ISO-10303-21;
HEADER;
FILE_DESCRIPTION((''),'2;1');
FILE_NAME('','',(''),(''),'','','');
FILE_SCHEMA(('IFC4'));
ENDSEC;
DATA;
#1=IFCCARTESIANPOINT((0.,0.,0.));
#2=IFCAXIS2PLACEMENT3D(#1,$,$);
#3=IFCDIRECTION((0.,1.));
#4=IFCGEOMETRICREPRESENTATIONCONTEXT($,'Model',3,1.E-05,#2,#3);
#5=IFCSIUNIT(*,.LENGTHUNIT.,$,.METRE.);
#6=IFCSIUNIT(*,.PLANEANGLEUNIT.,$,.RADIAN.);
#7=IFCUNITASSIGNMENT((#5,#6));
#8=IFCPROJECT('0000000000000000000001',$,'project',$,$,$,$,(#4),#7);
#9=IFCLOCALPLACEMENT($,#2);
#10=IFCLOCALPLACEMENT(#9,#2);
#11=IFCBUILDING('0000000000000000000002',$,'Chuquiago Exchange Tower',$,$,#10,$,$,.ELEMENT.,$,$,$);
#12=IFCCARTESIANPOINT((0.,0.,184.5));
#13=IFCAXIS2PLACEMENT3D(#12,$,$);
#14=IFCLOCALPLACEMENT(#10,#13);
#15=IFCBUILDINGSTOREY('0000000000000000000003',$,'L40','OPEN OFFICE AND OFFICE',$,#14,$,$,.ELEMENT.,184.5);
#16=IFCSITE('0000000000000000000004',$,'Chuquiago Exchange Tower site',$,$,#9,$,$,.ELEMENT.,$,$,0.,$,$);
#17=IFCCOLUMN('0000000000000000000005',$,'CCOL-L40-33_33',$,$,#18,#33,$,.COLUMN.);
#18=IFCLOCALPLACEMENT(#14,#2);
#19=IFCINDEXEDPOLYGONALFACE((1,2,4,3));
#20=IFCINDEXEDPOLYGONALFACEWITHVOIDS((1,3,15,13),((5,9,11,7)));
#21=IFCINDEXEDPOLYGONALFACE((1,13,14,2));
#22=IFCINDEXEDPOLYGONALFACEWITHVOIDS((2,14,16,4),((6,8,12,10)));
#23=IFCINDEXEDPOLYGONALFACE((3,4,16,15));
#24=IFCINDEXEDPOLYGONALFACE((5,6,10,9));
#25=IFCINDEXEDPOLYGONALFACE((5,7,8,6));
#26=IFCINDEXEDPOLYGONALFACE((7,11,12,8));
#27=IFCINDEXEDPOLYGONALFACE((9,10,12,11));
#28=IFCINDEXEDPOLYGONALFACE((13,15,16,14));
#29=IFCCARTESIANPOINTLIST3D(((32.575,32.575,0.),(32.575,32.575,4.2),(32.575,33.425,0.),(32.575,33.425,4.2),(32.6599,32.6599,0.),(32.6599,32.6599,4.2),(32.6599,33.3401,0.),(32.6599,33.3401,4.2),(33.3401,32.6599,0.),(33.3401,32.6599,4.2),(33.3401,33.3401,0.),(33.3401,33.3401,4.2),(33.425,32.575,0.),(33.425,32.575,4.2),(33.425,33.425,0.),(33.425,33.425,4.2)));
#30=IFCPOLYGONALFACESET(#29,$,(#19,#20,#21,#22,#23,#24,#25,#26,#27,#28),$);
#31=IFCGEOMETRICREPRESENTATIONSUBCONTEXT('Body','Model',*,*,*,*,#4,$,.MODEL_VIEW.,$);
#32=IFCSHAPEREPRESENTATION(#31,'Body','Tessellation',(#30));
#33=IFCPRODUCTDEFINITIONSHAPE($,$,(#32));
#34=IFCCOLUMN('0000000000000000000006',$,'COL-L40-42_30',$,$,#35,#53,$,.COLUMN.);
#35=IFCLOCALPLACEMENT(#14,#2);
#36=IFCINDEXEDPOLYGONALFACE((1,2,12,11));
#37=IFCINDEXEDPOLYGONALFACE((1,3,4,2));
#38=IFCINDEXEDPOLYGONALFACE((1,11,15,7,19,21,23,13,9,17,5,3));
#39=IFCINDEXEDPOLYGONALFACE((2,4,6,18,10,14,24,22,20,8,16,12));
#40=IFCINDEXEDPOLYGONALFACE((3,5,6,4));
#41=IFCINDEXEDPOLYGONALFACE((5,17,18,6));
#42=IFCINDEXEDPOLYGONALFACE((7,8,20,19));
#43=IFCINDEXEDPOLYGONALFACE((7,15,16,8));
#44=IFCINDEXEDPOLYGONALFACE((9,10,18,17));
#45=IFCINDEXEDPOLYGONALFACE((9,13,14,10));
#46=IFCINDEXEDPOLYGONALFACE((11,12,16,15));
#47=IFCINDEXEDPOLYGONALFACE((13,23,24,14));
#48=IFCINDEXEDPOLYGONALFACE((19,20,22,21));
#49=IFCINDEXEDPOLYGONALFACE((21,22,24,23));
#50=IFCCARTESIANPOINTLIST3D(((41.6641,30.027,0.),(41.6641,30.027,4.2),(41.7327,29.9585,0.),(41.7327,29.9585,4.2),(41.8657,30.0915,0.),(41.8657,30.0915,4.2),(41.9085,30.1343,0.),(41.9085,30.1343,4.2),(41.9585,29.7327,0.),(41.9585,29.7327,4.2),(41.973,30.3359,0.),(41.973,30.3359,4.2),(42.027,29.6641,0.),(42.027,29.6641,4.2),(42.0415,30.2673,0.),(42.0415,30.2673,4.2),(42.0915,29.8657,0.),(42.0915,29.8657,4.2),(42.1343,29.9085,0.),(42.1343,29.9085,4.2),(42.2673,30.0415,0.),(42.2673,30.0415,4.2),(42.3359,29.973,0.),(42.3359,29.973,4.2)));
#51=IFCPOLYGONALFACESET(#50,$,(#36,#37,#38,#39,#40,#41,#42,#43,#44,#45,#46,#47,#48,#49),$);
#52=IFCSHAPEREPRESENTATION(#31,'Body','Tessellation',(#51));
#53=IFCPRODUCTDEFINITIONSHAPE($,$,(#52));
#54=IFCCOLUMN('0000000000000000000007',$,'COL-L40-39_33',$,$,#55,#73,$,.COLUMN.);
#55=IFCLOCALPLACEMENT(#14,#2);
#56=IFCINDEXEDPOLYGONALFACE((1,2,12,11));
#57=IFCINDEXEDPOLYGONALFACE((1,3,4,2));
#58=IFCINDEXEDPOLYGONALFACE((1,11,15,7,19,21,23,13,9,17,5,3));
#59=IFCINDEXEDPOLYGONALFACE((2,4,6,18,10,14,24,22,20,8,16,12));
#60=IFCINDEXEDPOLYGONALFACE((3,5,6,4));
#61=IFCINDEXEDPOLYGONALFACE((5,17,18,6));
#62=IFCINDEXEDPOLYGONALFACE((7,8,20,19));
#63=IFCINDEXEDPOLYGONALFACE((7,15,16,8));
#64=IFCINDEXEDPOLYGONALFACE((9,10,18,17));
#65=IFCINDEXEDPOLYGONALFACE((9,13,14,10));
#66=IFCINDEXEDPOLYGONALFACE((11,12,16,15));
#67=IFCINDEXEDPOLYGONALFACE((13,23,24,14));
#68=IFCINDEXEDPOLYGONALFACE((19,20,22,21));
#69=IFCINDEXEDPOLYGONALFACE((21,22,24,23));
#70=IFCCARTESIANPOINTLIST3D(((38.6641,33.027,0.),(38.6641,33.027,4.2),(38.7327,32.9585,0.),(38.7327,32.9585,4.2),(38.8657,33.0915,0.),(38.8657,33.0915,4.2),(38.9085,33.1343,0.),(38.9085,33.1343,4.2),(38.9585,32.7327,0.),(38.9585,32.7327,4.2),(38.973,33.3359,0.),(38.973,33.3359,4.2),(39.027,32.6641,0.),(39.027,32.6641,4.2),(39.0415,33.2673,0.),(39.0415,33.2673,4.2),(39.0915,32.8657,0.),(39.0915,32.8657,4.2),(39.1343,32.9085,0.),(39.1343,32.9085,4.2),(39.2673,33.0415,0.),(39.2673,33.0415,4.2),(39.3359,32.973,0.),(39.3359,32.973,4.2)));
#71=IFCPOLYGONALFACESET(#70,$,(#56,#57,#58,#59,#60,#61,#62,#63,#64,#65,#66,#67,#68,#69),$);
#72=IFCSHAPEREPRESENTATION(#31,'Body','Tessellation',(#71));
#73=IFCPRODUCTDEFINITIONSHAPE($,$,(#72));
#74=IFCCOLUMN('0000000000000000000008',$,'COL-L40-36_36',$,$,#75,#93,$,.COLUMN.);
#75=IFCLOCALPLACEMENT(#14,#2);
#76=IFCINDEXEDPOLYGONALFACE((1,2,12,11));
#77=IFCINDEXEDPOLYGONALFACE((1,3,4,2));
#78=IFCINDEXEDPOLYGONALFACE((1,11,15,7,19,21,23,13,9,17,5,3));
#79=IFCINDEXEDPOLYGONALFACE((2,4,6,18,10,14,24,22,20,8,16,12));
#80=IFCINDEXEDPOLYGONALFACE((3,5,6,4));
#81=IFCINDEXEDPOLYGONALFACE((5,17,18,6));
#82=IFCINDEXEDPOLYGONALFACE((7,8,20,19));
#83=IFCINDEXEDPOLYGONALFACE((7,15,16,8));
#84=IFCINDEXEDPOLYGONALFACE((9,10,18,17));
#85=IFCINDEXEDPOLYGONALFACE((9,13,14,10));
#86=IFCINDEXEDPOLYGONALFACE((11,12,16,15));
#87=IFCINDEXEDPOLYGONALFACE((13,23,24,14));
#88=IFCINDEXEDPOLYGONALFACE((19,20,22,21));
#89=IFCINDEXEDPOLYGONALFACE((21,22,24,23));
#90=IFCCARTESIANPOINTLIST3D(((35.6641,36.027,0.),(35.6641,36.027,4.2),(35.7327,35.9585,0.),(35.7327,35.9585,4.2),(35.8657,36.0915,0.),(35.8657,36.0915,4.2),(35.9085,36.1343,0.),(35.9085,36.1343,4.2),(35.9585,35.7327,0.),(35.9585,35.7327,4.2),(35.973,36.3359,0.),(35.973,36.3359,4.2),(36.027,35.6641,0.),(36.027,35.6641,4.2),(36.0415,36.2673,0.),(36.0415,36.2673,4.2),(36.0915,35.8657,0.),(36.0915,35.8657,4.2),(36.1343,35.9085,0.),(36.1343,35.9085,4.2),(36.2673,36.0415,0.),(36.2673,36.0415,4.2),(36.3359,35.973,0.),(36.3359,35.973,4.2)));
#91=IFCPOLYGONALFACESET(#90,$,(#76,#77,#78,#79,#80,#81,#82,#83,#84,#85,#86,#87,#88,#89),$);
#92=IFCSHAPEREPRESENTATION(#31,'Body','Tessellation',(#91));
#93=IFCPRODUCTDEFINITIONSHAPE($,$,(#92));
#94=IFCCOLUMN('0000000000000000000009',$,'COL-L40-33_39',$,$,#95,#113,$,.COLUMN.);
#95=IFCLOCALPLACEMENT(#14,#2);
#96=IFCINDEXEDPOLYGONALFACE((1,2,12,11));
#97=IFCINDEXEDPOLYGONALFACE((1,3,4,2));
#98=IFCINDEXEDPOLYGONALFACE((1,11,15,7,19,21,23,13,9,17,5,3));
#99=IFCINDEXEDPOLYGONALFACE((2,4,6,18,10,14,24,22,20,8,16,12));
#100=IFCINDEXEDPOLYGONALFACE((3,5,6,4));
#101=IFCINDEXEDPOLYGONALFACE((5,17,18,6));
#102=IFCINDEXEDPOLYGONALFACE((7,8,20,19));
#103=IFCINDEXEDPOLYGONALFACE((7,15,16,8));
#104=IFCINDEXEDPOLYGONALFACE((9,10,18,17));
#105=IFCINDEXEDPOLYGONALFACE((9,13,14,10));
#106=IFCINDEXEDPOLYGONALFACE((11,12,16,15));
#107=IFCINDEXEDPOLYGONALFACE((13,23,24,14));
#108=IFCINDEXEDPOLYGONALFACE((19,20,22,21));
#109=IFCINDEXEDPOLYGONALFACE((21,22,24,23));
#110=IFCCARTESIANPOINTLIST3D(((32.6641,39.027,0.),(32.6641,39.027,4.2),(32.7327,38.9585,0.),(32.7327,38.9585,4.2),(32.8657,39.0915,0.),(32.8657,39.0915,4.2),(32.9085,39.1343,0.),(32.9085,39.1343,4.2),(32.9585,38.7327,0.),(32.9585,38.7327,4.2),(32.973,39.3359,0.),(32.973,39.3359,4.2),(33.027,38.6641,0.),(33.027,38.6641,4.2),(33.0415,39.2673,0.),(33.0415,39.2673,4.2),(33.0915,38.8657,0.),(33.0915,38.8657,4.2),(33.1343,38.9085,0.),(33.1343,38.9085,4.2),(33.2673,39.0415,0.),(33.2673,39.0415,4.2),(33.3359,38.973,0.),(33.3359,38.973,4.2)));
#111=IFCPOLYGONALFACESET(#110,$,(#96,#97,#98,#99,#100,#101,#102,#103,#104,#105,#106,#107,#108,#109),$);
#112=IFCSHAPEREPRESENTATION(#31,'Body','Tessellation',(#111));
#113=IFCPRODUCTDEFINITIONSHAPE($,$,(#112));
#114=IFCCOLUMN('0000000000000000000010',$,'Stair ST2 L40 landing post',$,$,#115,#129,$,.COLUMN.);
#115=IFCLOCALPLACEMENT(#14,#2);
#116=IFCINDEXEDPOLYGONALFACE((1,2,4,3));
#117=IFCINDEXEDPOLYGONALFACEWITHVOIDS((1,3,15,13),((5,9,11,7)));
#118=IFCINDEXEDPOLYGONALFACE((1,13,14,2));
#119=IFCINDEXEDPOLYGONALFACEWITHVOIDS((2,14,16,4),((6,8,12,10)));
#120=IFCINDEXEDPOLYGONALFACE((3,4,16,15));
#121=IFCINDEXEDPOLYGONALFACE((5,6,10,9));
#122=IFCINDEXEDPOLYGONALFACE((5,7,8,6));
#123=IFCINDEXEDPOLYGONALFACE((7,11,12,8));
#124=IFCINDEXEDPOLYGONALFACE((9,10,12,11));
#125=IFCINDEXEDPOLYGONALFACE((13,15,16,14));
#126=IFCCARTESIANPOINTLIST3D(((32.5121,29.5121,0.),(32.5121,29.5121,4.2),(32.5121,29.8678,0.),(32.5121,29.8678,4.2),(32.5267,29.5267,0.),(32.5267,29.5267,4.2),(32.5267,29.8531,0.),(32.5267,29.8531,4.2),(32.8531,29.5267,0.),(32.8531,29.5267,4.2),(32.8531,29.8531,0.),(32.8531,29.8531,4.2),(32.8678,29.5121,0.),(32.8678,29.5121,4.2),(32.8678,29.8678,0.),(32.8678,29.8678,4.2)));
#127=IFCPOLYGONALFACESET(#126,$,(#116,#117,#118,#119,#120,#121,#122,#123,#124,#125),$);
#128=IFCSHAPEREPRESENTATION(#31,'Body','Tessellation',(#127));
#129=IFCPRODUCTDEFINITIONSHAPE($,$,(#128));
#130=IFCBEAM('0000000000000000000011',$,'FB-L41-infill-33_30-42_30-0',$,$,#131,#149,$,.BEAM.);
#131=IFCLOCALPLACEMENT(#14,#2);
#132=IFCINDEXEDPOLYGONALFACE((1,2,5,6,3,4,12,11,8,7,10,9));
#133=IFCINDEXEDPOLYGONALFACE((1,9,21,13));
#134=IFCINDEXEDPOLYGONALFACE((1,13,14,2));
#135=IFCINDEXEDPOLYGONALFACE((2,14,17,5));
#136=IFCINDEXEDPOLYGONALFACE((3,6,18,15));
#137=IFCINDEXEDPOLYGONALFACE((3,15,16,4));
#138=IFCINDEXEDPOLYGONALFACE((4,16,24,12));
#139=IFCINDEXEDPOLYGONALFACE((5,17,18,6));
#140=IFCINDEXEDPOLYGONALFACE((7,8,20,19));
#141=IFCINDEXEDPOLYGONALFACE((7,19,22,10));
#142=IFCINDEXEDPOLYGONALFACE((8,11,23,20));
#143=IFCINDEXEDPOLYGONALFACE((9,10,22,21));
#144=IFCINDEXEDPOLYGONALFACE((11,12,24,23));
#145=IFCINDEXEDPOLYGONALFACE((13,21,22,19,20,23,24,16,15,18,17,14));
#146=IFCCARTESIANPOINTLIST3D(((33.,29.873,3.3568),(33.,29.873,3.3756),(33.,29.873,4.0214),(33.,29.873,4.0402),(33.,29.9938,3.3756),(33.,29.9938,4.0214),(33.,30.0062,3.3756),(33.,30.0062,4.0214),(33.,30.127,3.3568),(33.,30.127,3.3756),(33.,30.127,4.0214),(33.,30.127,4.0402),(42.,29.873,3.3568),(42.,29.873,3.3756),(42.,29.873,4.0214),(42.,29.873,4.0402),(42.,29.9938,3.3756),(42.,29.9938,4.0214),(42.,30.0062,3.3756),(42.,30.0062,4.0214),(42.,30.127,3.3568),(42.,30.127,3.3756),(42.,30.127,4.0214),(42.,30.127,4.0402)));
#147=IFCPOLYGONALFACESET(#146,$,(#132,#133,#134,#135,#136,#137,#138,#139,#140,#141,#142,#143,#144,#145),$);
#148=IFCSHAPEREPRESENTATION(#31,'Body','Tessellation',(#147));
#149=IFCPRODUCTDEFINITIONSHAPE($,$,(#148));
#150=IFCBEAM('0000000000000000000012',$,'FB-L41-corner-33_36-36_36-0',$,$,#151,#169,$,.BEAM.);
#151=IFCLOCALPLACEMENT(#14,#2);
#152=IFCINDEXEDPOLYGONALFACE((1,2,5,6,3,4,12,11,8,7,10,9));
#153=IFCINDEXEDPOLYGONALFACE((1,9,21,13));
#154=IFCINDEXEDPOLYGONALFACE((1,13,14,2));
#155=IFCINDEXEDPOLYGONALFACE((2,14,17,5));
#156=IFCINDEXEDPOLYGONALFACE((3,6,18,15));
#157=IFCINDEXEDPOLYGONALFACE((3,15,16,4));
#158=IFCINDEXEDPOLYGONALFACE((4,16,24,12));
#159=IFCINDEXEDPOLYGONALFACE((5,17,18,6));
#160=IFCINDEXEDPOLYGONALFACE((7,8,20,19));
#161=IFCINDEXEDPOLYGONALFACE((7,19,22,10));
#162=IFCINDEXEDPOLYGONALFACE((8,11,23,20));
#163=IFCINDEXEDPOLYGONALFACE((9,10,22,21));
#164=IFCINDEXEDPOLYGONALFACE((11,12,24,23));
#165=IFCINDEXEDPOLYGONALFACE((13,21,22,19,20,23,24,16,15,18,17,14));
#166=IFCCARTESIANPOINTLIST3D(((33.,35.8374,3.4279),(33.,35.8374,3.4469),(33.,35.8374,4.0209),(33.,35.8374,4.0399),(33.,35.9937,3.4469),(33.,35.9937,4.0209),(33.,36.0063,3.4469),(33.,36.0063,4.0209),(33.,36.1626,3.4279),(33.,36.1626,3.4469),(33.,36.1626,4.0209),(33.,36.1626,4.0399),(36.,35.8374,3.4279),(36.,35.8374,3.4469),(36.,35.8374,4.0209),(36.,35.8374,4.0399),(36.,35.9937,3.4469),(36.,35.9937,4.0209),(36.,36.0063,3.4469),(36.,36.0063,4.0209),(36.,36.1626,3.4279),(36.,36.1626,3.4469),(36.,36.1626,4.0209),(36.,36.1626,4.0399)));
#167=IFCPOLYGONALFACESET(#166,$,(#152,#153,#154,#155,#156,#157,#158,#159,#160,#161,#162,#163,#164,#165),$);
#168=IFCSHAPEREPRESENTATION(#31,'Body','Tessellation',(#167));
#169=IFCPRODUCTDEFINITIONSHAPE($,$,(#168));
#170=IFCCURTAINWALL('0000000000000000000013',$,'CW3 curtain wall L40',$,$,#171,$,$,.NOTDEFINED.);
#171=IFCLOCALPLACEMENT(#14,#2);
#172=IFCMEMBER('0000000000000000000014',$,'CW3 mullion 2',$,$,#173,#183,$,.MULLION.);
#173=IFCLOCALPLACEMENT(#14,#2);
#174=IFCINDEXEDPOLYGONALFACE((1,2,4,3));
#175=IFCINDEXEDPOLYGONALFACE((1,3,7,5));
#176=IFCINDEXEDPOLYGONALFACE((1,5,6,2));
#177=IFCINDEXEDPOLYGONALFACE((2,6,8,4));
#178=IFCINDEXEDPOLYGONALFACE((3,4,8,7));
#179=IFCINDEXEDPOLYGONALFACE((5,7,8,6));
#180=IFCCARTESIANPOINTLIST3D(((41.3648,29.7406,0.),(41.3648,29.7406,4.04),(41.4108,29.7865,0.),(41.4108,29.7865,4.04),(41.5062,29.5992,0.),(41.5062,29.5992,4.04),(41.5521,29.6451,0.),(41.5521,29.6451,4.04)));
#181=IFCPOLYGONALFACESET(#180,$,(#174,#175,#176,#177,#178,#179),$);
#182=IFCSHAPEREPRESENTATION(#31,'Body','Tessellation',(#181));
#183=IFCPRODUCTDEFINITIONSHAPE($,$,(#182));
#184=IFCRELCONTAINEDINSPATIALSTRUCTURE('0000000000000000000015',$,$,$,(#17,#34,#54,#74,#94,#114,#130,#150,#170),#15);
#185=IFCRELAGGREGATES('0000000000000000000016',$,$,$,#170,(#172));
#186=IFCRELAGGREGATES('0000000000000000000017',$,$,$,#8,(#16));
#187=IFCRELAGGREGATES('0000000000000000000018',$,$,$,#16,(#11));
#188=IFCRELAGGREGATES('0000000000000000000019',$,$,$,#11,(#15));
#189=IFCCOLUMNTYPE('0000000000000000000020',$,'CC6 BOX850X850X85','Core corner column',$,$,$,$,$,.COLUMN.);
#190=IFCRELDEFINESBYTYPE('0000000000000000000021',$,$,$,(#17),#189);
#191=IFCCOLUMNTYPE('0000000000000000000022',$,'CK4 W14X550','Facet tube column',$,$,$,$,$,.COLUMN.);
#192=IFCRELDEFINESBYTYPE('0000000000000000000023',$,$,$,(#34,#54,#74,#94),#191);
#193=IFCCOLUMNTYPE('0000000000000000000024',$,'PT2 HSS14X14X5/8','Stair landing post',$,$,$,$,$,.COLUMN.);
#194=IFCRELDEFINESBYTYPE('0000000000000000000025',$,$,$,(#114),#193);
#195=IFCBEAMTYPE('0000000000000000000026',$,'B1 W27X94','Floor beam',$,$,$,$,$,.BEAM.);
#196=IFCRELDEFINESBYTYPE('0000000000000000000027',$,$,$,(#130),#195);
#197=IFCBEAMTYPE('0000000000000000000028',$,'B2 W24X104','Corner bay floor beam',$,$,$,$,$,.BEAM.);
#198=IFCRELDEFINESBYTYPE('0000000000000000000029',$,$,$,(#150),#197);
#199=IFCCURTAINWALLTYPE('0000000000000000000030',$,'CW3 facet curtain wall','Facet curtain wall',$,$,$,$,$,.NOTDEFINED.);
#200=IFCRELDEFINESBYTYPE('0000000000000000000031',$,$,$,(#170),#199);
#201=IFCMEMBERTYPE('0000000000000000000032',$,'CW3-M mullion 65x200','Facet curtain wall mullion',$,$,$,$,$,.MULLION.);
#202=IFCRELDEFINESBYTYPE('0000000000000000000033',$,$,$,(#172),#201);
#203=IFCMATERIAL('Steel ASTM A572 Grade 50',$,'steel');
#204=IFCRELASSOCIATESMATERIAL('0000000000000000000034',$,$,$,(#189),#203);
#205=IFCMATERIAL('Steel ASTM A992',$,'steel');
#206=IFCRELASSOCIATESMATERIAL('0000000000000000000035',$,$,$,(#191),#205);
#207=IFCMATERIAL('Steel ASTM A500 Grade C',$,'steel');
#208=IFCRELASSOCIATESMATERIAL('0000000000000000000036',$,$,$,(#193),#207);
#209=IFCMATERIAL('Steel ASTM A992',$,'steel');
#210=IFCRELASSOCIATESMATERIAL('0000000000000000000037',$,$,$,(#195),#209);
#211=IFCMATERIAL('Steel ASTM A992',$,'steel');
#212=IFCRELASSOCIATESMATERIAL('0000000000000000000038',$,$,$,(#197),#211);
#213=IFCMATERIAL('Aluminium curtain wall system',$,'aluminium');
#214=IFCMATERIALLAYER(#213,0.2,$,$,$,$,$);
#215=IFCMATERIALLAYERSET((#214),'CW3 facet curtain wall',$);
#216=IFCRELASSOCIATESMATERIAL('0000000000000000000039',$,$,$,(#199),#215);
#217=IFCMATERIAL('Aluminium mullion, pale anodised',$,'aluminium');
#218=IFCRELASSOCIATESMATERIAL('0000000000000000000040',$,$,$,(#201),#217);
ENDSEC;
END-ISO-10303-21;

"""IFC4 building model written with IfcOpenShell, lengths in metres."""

from ifc_helpers import new_model, si_unit, direction, frame, origin, origin_2d, place, context, subcontext, project, spatial, rectangle, hollow_rectangle, i_section, extrude, material, layer, layer_set, material_profile, profile_set, type_object, element, aggregate, save


model = new_model("IFC4")

# Units and contexts
model_context = context("Model", 3, precision=1e-05, world=origin(), true_north=direction((0.0, 1.0)))
body_context = subcontext(model_context, "Body", "Model", "MODEL_VIEW")
ifc_project = project(units=[si_unit("LENGTHUNIT", "METRE"), si_unit("PLANEANGLEUNIT", "RADIAN")], contexts=[model_context])

# Site, building, storey
site_placement = place(None, origin())
site = spatial("IfcSite", under=ifc_project, at=site_placement, Name="Chuquiago Exchange Tower site", CompositionType="ELEMENT", RefElevation=0.0)
building_placement = place(site_placement, origin())
building = spatial("IfcBuilding", under=site, at=building_placement, Name="Chuquiago Exchange Tower", CompositionType="ELEMENT")
storey_placement = place(building_placement, frame((0.0, 0.0, 184.5)))
storey = spatial("IfcBuildingStorey", under=building, at=storey_placement, Name="L40", Description="OPEN OFFICE AND OFFICE", CompositionType="ELEMENT", Elevation=184.5)

# Columns
ifc_material_1 = material(Name="Steel ASTM A572 Grade 50", Category="steel")
ifc_material_profile_1 = material_profile(ifc_material_1, hollow_rectangle(XDim=0.8501, YDim=0.8501, WallThickness=0.085, at=origin_2d()), Name="BOX850X850X85")
ifc_profile_set_1 = profile_set([ifc_material_profile_1], Name="Steel ASTM A572 Grade 50")
column_type_1 = type_object("IfcColumnType", Name="CC6 BOX850X850X85", Description="Core corner column", PredefinedType="COLUMN", material=ifc_profile_set_1)
column_1_placement = place(storey_placement, frame((33.0, 33.0, 0.0), z_axis=(0.0, 0.0, 1.0), x_axis=(1.0, 0.0, 0.0)))
element("IfcColumn", 1, at=column_1_placement, inside=storey, type_object=column_type_1, Name="CCOL-L40-33_33", PredefinedType="COLUMN", context=body_context, shape_type="SweptSolid", body=[
    extrude(hollow_rectangle(XDim=0.8501, YDim=0.8501, WallThickness=0.085, at=origin_2d()), origin(), (0.0, 0.0, 1.0), 4.2),
])
ifc_material_2 = material(Name="Steel ASTM A992", Category="steel")
ifc_material_profile_2 = material_profile(ifc_material_2, i_section(OverallWidth=0.4368, OverallDepth=0.5132, WebThickness=0.0605, FlangeThickness=0.0969, at=origin_2d()), Name="W14X550")
ifc_profile_set_2 = profile_set([ifc_material_profile_2], Name="Steel ASTM A992")
column_type_2 = type_object("IfcColumnType", Name="CK4 W14X550", Description="Facet tube column", PredefinedType="COLUMN", material=ifc_profile_set_2)
for number, where, z_axis, x_axis, name in (
    (2, (42.0, 30.0, 0.0), (0.0, 0.0, 1.0), (0.707107, 0.707107, 0.0), "COL-L40-42_30"),
    (3, (39.0, 33.0, 0.0), (0.0, 0.0, 1.0), (0.707107, 0.707107, 0.0), "COL-L40-39_33"),
    (4, (36.0, 36.0, 0.0), (0.0, 0.0, 1.0), (0.707107, 0.707107, 0.0), "COL-L40-36_36"),
    (5, (33.0, 39.0, 0.0), (0.0, 0.0, 1.0), (0.707107, 0.707107, 0.0), "COL-L40-33_39"),
):
    element("IfcColumn", number, at=place(storey_placement, frame(where, z_axis=z_axis, x_axis=x_axis)), inside=storey, type_object=column_type_2, Name=name, PredefinedType="COLUMN", context=body_context, shape_type="SweptSolid", body=[
        extrude(i_section(OverallWidth=0.4368, OverallDepth=0.5132, WebThickness=0.0605, FlangeThickness=0.0969, at=origin_2d()), origin(), (0.0, 0.0, 1.0), 4.2),
    ])
ifc_material_3 = material(Name="Steel ASTM A500 Grade C", Category="steel")
ifc_material_profile_3 = material_profile(ifc_material_3, hollow_rectangle(XDim=0.3557, YDim=0.3557, WallThickness=0.0146, at=origin_2d()), Name="HSS14X14X5/8")
ifc_profile_set_3 = profile_set([ifc_material_profile_3], Name="Steel ASTM A500 Grade C")
column_type_3 = type_object("IfcColumnType", Name="PT2 HSS14X14X5/8", Description="Stair landing post", PredefinedType="COLUMN", material=ifc_profile_set_3)
column_2_placement = place(storey_placement, frame((32.6899, 29.6899, 0.0), z_axis=(0.0, 0.0, 1.0), x_axis=(1.0, 0.0, 0.0)))
element("IfcColumn", 6, at=column_2_placement, inside=storey, type_object=column_type_3, Name="Stair ST2 L40 landing post", PredefinedType="COLUMN", context=body_context, shape_type="SweptSolid", body=[
    extrude(hollow_rectangle(XDim=0.3557, YDim=0.3557, WallThickness=0.0146, at=origin_2d()), origin(), (0.0, 0.0, 1.0), 4.2),
])

# Beams
ifc_material_4 = material(Name="Steel ASTM A992", Category="steel")
ifc_material_profile_4 = material_profile(ifc_material_4, i_section(OverallWidth=0.2539, OverallDepth=0.6833, WebThickness=0.0125, FlangeThickness=0.0188, at=origin_2d()), Name="W27X94")
ifc_profile_set_4 = profile_set([ifc_material_profile_4], Name="Steel ASTM A992")
beam_type_1 = type_object("IfcBeamType", Name="B1 W27X94", Description="Floor beam", PredefinedType="BEAM", material=ifc_profile_set_4)
beam_1_placement = place(storey_placement, frame((33.0, 30.0, 3.6985), z_axis=(1.0, 0.0, 0.0), x_axis=(0.0, 1.0, 0.0)))
element("IfcBeam", 7, at=beam_1_placement, inside=storey, type_object=beam_type_1, Name="FB-L41-infill-33_30-42_30-0", PredefinedType="BEAM", context=body_context, shape_type="SweptSolid", body=[
    extrude(i_section(OverallWidth=0.2539, OverallDepth=0.6833, WebThickness=0.0125, FlangeThickness=0.0188, at=origin_2d()), origin(), (0.0, 0.0, 1.0), 9.0),
])
ifc_material_5 = material(Name="Steel ASTM A992", Category="steel")
ifc_material_profile_5 = material_profile(ifc_material_5, i_section(OverallWidth=0.3252, OverallDepth=0.6121, WebThickness=0.0127, FlangeThickness=0.019, at=origin_2d()), Name="W24X104")
ifc_profile_set_5 = profile_set([ifc_material_profile_5], Name="Steel ASTM A992")
beam_type_2 = type_object("IfcBeamType", Name="B2 W24X104", Description="Corner bay floor beam", PredefinedType="BEAM", material=ifc_profile_set_5)
beam_2_placement = place(storey_placement, frame((33.0, 36.0, 3.7339), z_axis=(1.0, 0.0, 0.0), x_axis=(0.0, 1.0, 0.0)))
element("IfcBeam", 8, at=beam_2_placement, inside=storey, type_object=beam_type_2, Name="FB-L41-corner-33_36-36_36-0", PredefinedType="BEAM", context=body_context, shape_type="SweptSolid", body=[
    extrude(i_section(OverallWidth=0.3252, OverallDepth=0.6121, WebThickness=0.0127, FlangeThickness=0.019, at=origin_2d()), origin(), (0.0, 0.0, 1.0), 3.0),
])

# Curtain wall, member
ifc_material_6 = material(Name="Aluminium curtain wall system", Category="aluminium")
ifc_layer_1 = layer(ifc_material_6, 0.2)
ifc_layer_set_1 = layer_set([ifc_layer_1], Name="CW3 facet curtain wall")
curtain_wall_type = type_object("IfcCurtainWallType", Name="CW3 facet curtain wall", Description="Facet curtain wall", PredefinedType="NOTDEFINED", material=ifc_layer_set_1)
curtain_wall_placement = place(storey_placement, origin())
curtain_wall = element("IfcCurtainWall", 9, at=curtain_wall_placement, inside=storey, type_object=curtain_wall_type, Name="CW3 curtain wall L40", PredefinedType="NOTDEFINED")
ifc_material_7 = material(Name="Aluminium mullion, pale anodised", Category="aluminium")
ifc_material_profile_6 = material_profile(ifc_material_7, rectangle(XDim=0.0649, YDim=0.2, at=origin_2d()), Name="AL 65x200")
ifc_profile_set_6 = profile_set([ifc_material_profile_6], Name="Aluminium mullion, pale anodised")
member_type_1 = type_object("IfcMemberType", Name="CW3-M mullion 65x200", Description="Facet curtain wall mullion", PredefinedType="MULLION", material=ifc_profile_set_6)
member_1_placement = place(storey_placement, frame((41.4585, 29.6929, 0.0), z_axis=(0.0, 0.0, 1.0), x_axis=(-0.707107, -0.707107, 0.0)))
member_1 = element("IfcMember", 10, at=member_1_placement, type_object=member_type_1, Name="CW3 mullion 2", PredefinedType="MULLION", context=body_context, shape_type="SweptSolid", body=[
    extrude(rectangle(XDim=0.0649, YDim=0.2, at=origin_2d()), origin(), (0.0, 0.0, 1.0), 4.04),
])

aggregate(curtain_wall, [member_1])

save(model, "model.ifc")
